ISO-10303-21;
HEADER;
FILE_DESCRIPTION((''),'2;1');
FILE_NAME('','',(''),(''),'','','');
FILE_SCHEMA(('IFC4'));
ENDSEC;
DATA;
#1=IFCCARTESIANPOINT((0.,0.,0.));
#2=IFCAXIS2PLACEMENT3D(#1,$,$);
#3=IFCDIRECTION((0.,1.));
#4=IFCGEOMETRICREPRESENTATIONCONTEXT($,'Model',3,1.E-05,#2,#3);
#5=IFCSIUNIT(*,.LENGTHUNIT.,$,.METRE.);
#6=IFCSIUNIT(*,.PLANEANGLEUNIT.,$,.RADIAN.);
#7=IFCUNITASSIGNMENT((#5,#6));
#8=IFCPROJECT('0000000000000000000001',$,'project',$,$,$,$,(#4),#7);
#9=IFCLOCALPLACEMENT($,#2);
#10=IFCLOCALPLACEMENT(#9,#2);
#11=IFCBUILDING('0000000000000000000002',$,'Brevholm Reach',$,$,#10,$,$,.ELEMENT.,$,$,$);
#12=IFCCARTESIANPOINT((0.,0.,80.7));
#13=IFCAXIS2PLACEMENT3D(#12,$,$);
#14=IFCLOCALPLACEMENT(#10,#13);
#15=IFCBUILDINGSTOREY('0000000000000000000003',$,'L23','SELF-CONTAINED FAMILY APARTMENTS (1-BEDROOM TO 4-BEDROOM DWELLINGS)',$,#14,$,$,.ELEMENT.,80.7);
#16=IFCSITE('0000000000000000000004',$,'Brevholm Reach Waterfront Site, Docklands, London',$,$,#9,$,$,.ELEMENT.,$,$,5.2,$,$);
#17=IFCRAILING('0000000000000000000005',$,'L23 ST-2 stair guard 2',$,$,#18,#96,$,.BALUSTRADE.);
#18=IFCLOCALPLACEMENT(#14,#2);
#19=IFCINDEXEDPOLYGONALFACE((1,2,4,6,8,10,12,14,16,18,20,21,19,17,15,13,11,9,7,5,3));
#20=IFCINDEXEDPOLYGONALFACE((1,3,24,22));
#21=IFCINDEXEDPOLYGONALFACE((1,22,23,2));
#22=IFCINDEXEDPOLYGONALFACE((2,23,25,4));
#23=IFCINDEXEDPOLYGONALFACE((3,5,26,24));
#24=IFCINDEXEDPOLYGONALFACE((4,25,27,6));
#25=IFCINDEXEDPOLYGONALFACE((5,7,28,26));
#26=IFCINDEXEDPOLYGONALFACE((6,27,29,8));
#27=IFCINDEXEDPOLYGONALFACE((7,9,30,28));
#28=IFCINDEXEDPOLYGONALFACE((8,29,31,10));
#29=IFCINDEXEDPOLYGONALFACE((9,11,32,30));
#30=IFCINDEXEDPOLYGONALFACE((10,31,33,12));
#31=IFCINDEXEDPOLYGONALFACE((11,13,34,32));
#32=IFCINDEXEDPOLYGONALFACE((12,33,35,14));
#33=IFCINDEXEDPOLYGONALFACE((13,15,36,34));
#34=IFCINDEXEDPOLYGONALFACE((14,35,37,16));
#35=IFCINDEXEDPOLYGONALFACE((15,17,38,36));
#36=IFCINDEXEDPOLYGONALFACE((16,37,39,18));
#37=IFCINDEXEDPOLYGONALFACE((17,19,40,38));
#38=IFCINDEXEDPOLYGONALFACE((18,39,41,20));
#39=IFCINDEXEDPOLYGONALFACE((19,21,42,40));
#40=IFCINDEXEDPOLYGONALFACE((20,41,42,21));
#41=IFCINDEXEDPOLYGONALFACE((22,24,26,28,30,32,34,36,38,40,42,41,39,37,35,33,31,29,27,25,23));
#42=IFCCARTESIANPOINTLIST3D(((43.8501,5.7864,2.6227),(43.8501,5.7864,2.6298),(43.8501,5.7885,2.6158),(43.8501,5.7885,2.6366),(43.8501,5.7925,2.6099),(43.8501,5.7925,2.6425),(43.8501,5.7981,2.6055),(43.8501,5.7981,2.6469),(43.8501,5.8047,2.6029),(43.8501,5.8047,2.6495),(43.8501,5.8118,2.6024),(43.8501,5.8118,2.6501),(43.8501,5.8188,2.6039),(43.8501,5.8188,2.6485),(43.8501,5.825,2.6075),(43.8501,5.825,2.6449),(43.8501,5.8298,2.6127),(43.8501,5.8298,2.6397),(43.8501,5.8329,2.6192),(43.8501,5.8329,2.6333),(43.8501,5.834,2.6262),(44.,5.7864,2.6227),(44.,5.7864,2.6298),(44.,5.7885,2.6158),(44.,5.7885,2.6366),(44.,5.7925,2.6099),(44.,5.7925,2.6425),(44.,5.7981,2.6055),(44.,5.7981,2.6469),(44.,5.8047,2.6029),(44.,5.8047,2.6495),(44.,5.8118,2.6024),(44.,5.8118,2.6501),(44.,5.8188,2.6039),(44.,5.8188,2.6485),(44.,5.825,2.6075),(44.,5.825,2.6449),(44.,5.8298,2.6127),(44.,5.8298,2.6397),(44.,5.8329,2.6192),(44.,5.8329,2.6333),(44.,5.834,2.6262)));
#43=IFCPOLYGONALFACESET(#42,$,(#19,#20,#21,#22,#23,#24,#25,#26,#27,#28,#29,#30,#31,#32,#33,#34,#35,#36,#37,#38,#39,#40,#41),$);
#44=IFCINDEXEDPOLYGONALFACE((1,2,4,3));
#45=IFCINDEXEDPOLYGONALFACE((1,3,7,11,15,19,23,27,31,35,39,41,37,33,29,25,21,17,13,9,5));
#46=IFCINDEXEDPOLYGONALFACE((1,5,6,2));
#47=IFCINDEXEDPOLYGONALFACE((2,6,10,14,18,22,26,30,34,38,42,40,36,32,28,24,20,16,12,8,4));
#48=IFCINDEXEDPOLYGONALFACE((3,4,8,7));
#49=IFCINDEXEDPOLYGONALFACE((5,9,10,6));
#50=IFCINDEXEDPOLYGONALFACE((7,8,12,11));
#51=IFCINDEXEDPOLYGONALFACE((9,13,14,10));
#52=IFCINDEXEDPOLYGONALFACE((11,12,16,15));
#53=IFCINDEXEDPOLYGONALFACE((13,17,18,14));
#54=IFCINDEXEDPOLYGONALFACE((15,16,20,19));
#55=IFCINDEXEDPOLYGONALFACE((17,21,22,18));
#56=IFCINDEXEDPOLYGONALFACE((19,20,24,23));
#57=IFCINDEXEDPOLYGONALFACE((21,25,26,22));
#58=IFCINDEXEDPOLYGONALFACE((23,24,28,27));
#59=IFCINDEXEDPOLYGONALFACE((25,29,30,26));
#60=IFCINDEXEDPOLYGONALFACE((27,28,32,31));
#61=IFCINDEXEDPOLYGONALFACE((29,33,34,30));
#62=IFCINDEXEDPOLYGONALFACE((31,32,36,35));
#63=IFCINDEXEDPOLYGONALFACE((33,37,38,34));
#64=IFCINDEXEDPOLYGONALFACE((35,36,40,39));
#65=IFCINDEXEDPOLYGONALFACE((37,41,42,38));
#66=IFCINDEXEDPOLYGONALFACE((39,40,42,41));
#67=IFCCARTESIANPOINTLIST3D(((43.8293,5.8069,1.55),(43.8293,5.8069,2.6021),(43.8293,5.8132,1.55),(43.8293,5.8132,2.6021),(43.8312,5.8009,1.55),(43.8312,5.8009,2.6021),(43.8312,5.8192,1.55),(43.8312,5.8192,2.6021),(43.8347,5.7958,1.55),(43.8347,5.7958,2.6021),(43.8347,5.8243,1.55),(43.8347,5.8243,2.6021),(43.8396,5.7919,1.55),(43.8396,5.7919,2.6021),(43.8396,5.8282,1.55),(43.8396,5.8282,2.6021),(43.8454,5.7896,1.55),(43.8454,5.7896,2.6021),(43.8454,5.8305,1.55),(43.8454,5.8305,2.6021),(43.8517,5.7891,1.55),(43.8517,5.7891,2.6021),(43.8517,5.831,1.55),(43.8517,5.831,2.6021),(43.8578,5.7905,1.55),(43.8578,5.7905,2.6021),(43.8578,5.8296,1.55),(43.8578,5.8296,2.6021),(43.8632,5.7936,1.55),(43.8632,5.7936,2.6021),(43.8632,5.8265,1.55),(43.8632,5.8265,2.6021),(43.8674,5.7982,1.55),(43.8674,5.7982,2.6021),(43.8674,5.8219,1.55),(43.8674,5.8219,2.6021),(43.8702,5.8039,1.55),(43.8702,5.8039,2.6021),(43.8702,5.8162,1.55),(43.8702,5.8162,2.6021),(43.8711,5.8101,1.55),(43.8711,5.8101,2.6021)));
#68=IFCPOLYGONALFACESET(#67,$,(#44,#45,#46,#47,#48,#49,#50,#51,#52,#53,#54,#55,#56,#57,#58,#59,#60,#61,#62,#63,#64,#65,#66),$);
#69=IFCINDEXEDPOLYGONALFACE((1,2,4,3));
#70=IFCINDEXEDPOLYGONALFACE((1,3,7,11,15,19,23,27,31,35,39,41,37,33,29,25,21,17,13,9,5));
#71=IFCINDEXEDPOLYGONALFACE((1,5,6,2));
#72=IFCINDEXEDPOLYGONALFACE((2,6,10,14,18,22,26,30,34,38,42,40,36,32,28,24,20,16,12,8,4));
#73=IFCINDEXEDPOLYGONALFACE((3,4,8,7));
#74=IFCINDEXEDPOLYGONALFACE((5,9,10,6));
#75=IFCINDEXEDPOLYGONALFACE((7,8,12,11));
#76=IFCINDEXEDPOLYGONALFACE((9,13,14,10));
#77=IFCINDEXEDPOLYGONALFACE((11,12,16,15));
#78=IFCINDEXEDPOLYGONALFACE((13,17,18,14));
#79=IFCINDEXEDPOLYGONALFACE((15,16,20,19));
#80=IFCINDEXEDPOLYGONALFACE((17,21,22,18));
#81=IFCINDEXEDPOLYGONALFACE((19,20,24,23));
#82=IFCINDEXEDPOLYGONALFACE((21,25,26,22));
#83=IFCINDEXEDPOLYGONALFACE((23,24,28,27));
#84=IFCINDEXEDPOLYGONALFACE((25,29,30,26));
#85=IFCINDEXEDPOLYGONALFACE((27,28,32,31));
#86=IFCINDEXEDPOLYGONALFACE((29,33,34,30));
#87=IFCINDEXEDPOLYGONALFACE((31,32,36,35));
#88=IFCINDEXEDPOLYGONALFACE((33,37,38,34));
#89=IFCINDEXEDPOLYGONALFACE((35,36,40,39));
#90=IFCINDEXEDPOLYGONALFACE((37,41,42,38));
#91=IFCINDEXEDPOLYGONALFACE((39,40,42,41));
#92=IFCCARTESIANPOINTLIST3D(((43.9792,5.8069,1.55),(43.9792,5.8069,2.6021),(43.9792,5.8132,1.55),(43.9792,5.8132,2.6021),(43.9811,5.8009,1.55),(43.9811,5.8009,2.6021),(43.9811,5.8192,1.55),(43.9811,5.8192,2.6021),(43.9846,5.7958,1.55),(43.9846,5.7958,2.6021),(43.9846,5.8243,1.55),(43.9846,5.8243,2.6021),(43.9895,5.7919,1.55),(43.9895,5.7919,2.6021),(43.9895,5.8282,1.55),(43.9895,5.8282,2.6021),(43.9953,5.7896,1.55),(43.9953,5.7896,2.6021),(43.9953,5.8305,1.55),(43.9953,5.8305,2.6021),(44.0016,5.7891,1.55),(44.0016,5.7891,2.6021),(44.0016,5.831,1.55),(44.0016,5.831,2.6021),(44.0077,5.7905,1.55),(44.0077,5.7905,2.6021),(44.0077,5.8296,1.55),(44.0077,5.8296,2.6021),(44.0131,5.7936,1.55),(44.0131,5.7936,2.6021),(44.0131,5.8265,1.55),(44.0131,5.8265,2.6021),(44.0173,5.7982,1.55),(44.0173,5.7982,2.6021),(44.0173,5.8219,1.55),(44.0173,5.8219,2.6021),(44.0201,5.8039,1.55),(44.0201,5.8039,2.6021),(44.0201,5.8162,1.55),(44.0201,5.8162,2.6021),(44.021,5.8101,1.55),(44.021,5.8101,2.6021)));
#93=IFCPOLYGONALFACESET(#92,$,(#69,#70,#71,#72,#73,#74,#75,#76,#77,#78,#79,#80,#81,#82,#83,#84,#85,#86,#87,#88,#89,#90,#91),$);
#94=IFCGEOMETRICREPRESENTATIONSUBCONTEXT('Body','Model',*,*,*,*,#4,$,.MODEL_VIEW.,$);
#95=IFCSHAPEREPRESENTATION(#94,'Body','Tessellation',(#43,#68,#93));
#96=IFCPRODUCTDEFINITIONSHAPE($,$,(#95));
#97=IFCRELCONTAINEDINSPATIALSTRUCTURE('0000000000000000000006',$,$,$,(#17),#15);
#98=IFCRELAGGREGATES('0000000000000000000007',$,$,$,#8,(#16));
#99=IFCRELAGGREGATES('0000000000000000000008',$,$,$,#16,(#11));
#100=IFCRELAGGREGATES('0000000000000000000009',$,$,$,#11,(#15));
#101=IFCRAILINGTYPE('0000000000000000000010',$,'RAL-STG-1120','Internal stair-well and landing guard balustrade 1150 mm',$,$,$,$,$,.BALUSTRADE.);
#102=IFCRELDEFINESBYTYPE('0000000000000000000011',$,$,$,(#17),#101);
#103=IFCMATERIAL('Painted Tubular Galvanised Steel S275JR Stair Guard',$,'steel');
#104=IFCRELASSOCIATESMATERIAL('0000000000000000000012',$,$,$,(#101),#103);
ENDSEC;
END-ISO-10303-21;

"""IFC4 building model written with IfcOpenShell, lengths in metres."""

from ifc_helpers import new_model, si_unit, direction, frame, origin, origin_2d, place, context, subcontext, project, spatial, circle, extrude, material, type_object, element, save


model = new_model("IFC4")

# Units and contexts
model_context = context("Model", 3, precision=1e-05, world=origin(), true_north=direction((0.0, 1.0)))
body_context = subcontext(model_context, "Body", "Model", "MODEL_VIEW")
ifc_project = project(units=[si_unit("LENGTHUNIT", "METRE"), si_unit("PLANEANGLEUNIT", "RADIAN")], contexts=[model_context])

# Site, building, storey
site_placement = place(None, origin())
site = spatial("IfcSite", under=ifc_project, at=site_placement, Name="Brevholm Reach Waterfront Site, Docklands, London", CompositionType="ELEMENT", RefElevation=5.2)
building_placement = place(site_placement, origin())
building = spatial("IfcBuilding", under=site, at=building_placement, Name="Brevholm Reach", CompositionType="ELEMENT")
storey_placement = place(building_placement, frame((0.0, 0.0, 80.7)))
storey = spatial("IfcBuildingStorey", under=building, at=storey_placement, Name="L23", Description="SELF-CONTAINED FAMILY APARTMENTS (1-BEDROOM TO 4-BEDROOM DWELLINGS)", CompositionType="ELEMENT", Elevation=80.7)

# Railing
ifc_material_1 = material(Name="Painted Tubular Galvanised Steel S275JR Stair Guard", Category="steel")
railing_type_1 = type_object("IfcRailingType", Name="RAL-STG-1120", Description="Internal stair-well and landing guard balustrade 1150 mm", PredefinedType="BALUSTRADE", material=ifc_material_1)
railing_1_placement = place(storey_placement, frame((43.8501, 5.8101, 1.55)))
element("IfcRailing", 1, at=railing_1_placement, inside=storey, type_object=railing_type_1, Name="L23 ST-2 stair guard 2", PredefinedType="BALUSTRADE", context=body_context, shape_type="SweptSolid", body=[
    extrude(circle(Radius=0.0239, at=origin_2d()), frame((0.0, 0.0, 1.0762), z_axis=(1.0, 0.0, 0.0), x_axis=(0.0, 1.0, 0.0)), (0.0, 0.0, 1.0), 0.1499),
    extrude(circle(Radius=0.021, at=origin_2d()), origin(), (0.0, 0.0, 1.0), 1.052),
    extrude(circle(Radius=0.021, at=origin_2d()), frame((0.1499, 0.0, 0.0)), (0.0, 0.0, 1.0), 1.052),
])

save(model, "model.ifc")
